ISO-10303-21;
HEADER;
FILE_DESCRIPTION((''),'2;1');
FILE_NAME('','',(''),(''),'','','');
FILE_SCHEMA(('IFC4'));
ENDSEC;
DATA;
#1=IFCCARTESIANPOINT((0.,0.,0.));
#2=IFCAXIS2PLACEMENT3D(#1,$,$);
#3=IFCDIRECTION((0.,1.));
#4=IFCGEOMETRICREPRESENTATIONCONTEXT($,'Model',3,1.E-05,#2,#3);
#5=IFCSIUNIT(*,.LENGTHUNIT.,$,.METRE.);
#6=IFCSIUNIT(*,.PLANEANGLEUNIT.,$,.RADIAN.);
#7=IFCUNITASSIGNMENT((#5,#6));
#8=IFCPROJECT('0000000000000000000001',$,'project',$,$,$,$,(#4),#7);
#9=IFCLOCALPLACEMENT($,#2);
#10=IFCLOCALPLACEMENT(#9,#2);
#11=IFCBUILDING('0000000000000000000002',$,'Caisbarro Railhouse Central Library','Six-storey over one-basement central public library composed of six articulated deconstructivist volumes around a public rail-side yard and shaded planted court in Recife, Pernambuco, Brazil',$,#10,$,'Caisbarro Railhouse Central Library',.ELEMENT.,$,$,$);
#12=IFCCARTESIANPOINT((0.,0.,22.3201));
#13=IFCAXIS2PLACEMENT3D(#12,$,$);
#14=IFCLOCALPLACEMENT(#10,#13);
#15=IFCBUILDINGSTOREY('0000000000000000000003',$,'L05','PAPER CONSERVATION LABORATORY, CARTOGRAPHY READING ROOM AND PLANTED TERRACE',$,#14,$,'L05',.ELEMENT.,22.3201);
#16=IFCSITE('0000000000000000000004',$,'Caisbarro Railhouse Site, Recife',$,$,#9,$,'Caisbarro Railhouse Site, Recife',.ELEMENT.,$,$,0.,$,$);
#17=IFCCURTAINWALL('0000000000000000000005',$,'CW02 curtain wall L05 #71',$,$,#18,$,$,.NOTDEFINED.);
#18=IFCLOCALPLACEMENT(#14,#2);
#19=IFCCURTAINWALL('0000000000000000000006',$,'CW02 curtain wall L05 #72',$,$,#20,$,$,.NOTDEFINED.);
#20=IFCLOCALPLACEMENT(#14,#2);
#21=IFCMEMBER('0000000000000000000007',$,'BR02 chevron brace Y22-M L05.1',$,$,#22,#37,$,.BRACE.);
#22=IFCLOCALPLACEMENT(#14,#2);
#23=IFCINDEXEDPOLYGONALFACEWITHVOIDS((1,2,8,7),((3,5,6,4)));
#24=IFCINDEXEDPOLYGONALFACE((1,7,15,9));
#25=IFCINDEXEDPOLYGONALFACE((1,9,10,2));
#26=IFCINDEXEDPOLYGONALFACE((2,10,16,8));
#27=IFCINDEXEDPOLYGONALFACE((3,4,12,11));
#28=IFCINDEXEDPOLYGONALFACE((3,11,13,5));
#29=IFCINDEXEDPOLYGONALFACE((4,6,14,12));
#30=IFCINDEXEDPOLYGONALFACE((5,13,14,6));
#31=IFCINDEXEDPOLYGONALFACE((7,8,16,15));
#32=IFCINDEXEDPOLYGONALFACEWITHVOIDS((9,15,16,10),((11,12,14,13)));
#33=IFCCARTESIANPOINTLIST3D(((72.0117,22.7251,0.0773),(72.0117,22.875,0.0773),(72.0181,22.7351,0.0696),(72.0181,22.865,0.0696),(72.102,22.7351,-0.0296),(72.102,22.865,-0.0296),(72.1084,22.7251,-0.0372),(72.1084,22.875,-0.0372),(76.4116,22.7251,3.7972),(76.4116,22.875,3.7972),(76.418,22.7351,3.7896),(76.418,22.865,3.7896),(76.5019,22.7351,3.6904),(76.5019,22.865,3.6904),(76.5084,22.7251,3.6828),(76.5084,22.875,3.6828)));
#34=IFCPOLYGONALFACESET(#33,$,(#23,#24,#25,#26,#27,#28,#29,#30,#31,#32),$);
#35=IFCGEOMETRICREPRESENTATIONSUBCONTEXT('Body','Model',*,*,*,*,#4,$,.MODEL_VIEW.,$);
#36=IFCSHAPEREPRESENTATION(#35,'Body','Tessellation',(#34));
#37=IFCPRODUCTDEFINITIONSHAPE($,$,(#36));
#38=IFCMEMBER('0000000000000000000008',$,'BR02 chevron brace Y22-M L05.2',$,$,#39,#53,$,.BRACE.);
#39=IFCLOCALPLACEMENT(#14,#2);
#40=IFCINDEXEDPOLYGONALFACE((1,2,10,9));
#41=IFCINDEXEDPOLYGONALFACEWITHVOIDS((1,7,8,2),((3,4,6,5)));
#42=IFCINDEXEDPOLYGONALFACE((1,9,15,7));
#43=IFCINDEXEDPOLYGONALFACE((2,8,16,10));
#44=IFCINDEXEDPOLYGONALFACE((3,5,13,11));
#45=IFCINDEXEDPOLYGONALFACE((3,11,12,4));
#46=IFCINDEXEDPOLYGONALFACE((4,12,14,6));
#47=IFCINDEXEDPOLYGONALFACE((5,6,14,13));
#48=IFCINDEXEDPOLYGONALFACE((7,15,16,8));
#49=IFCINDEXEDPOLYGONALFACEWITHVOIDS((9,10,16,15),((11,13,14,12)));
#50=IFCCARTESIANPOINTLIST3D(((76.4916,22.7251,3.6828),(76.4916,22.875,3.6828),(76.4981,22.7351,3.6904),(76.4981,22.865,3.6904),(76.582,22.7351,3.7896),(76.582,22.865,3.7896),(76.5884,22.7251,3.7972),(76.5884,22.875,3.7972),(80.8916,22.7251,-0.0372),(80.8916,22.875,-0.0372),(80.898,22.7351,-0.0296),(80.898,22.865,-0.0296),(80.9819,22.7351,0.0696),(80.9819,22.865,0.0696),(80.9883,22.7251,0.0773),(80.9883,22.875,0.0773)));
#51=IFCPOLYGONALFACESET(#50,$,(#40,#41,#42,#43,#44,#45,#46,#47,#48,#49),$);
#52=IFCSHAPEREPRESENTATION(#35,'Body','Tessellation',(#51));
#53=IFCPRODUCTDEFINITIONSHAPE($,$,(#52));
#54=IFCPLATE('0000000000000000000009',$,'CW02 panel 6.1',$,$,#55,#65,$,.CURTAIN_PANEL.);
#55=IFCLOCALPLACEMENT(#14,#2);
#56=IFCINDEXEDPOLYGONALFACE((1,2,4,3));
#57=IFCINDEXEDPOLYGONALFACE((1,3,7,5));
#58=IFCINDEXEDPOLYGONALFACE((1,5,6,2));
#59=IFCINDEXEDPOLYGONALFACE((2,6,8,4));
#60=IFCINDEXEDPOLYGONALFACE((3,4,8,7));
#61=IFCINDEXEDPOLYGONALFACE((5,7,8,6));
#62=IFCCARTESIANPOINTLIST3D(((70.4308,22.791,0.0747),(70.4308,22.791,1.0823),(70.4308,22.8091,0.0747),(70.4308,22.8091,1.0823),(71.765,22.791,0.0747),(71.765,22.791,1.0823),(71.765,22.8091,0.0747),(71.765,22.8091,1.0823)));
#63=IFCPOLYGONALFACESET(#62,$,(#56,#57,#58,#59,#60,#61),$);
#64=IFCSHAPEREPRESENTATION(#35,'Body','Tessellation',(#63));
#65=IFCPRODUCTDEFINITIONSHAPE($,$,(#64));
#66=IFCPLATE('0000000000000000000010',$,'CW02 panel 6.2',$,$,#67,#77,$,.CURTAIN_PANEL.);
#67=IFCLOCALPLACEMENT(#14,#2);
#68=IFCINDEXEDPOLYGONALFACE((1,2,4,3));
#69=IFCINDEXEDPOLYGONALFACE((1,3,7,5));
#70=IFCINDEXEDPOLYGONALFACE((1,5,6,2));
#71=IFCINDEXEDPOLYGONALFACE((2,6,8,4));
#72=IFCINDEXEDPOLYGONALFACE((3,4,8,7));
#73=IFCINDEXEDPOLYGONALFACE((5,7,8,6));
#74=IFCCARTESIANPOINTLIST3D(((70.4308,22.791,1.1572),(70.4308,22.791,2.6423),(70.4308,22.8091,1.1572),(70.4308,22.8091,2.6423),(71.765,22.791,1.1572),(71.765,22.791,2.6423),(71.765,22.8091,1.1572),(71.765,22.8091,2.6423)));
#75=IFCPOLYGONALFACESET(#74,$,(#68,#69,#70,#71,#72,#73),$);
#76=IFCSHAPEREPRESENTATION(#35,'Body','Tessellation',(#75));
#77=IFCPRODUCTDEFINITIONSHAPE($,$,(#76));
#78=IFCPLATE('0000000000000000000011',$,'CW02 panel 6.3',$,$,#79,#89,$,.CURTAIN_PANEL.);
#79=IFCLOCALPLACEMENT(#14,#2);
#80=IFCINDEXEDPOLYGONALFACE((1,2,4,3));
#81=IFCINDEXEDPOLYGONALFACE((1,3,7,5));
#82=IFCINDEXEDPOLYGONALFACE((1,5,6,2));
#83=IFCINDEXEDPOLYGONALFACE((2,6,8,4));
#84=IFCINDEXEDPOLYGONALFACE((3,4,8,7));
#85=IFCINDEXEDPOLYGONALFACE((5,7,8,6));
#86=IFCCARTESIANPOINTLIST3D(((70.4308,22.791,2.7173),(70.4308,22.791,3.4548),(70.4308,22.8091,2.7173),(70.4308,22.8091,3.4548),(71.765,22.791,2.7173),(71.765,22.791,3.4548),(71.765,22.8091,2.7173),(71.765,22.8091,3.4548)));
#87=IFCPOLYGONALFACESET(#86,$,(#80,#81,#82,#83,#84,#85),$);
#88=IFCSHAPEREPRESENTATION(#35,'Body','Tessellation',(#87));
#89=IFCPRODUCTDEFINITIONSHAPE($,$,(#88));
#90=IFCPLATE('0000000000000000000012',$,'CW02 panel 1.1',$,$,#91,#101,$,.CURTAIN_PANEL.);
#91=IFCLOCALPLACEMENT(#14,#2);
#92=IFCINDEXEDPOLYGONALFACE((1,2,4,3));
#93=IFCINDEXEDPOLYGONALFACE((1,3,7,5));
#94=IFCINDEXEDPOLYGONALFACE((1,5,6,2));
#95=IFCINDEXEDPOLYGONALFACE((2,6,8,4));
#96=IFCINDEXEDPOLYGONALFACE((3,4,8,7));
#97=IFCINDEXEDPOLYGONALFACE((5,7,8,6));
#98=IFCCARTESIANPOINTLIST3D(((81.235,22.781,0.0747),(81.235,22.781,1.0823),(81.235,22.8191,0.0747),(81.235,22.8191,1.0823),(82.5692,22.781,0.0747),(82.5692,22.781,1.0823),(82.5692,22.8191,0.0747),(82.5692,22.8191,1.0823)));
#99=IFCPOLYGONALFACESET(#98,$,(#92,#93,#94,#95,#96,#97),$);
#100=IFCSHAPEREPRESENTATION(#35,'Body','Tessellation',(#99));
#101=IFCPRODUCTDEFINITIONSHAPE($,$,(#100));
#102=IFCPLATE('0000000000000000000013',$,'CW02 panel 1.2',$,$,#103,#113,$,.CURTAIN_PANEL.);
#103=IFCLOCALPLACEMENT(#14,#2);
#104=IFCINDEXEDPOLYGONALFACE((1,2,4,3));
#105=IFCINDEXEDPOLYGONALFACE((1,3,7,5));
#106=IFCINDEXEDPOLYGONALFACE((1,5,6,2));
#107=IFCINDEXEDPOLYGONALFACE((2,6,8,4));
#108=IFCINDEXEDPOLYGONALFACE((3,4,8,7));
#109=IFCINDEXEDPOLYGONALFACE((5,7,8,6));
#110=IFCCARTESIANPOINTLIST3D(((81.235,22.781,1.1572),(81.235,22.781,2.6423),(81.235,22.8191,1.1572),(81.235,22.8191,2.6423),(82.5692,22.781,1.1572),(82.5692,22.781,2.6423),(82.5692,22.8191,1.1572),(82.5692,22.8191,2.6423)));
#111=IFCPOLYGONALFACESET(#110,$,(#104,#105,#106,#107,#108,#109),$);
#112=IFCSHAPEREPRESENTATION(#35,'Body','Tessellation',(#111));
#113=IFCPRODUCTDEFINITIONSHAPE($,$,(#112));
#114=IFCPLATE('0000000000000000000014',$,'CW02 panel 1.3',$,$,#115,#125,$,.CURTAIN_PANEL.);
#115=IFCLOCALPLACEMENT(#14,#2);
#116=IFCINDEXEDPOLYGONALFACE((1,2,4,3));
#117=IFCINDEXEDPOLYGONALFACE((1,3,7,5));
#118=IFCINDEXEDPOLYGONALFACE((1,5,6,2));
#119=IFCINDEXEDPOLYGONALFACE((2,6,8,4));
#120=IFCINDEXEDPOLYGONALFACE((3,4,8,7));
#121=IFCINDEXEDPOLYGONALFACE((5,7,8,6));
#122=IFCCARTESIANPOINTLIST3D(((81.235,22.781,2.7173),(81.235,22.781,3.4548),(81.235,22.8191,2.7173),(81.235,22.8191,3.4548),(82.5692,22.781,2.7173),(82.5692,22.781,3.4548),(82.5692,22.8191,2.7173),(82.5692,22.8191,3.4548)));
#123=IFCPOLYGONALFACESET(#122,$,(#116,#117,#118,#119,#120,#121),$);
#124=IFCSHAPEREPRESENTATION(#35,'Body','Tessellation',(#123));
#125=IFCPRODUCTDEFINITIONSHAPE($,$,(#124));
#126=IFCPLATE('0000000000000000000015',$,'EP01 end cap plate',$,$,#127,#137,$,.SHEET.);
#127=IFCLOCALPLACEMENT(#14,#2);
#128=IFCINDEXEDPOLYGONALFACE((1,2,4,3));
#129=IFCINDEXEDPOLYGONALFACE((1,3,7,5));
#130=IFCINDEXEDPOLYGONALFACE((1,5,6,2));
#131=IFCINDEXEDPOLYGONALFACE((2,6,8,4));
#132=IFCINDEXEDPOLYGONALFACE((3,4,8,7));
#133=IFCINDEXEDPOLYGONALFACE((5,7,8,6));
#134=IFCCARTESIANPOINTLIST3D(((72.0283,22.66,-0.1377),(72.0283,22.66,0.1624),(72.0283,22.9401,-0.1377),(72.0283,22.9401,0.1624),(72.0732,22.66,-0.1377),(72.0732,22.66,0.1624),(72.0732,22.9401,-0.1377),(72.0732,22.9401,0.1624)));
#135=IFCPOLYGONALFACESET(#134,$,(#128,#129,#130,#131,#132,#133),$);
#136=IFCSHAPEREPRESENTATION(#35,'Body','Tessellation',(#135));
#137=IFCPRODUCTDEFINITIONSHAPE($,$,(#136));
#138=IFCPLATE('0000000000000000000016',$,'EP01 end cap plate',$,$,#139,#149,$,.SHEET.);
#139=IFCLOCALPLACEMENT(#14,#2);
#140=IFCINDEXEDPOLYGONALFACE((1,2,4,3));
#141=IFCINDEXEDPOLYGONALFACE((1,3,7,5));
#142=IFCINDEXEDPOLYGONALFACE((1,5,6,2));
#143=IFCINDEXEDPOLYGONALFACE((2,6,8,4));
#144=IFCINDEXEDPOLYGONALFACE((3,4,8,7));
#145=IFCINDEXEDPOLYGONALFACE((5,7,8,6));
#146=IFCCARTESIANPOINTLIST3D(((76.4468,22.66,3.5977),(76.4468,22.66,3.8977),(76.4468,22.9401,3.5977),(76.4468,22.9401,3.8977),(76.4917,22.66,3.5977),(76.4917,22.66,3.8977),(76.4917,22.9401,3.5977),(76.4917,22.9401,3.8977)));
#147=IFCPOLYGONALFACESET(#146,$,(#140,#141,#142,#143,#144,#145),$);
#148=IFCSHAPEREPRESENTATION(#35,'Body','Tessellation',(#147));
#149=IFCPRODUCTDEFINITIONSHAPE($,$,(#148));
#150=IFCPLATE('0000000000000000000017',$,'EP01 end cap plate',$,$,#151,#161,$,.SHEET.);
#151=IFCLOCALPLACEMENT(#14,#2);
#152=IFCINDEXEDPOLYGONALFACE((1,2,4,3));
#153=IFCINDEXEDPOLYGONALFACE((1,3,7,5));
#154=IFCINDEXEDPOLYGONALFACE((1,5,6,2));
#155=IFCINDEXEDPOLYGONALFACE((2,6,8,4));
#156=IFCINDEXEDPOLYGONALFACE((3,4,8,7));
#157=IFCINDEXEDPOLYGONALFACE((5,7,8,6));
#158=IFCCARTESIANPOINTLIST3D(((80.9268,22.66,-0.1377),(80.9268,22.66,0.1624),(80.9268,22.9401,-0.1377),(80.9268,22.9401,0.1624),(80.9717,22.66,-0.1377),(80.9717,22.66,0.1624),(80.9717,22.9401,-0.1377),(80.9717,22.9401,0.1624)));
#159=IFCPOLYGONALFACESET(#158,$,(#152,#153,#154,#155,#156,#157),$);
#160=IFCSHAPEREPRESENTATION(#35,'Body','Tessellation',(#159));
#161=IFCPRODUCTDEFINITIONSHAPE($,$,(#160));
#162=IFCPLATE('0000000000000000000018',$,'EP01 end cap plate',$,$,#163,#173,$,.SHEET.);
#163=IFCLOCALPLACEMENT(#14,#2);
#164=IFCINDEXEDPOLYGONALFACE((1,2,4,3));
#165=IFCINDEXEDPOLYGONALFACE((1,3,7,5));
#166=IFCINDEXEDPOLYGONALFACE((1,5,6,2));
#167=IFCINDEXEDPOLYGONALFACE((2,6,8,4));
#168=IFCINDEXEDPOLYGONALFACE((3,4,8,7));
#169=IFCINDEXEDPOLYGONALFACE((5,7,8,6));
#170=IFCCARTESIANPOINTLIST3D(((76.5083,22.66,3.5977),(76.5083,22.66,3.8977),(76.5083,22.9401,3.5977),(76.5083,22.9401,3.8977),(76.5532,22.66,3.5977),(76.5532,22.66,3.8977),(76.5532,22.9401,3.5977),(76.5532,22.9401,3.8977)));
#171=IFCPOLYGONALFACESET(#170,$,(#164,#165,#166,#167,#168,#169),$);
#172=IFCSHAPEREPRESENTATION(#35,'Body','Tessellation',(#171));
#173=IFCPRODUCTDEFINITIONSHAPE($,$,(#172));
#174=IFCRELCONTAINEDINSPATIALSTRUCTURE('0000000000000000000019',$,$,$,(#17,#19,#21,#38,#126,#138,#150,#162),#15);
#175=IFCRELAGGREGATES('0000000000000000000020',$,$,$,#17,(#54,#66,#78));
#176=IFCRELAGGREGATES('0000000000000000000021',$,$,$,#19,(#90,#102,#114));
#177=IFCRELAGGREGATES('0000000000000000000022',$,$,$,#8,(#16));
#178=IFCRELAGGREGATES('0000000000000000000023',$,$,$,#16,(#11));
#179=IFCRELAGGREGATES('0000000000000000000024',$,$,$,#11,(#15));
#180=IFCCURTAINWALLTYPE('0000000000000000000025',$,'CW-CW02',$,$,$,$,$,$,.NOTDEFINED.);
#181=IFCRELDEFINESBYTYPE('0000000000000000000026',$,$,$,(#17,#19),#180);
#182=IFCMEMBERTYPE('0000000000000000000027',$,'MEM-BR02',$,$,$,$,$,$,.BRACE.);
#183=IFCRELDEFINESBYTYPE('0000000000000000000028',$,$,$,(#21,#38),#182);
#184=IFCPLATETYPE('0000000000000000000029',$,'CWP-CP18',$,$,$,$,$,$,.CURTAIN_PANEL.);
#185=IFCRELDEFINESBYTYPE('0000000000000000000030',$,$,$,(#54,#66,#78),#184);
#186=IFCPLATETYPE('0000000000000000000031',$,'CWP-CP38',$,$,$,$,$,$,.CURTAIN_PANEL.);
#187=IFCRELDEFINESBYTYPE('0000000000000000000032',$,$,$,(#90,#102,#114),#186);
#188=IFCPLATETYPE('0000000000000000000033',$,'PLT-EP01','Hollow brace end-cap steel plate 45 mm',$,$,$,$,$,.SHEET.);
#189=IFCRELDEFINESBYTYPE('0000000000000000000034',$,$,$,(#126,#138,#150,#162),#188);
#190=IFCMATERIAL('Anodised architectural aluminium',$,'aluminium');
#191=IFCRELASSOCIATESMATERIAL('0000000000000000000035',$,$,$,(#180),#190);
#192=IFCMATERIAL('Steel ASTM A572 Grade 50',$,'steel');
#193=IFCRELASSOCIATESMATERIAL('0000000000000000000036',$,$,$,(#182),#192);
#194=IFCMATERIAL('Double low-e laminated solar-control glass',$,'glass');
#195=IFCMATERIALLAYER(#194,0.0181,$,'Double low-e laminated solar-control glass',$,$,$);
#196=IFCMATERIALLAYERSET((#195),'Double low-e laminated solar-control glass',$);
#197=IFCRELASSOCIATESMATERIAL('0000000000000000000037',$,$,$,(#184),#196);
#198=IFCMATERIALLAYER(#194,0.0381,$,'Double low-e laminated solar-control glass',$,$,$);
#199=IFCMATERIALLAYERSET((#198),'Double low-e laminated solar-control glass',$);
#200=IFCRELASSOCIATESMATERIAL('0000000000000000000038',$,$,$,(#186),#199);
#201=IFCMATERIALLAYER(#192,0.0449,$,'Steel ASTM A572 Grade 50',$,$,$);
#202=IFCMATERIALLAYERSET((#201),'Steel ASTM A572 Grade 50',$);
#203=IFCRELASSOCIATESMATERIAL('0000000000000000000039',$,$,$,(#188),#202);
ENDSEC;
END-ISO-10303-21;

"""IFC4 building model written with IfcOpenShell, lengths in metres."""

from ifc_helpers import new_model, si_unit, direction, frame, origin, origin_2d, place, context, subcontext, project, spatial, rectangle, hollow_rectangle, extrude, material, layer, layer_set, material_profile, profile_set, type_object, element, aggregate, save


model = new_model("IFC4")

# Units and contexts
model_context = context("Model", 3, precision=1e-05, world=origin(), true_north=direction((0.0, 1.0)))
body_context = subcontext(model_context, "Body", "Model", "MODEL_VIEW")
ifc_project = project(units=[si_unit("LENGTHUNIT", "METRE"), si_unit("PLANEANGLEUNIT", "RADIAN")], contexts=[model_context])

# Site, building, storey
site_placement = place(None, origin())
site = spatial("IfcSite", under=ifc_project, at=site_placement, Name="Caisbarro Railhouse Site, Recife", LongName="Caisbarro Railhouse Site, Recife", CompositionType="ELEMENT", RefElevation=0.0)
building_placement = place(site_placement, origin())
building = spatial("IfcBuilding", under=site, at=building_placement, Name="Caisbarro Railhouse Central Library", Description="Six-storey over one-basement central public library composed of six articulated deconstructivist volumes around a public rail-side yard and shaded planted court in Recife, Pernambuco, Brazil", LongName="Caisbarro Railhouse Central Library", CompositionType="ELEMENT")
storey_placement = place(building_placement, frame((0.0, 0.0, 22.3201)))
storey = spatial("IfcBuildingStorey", under=building, at=storey_placement, Name="L05", Description="PAPER CONSERVATION LABORATORY, CARTOGRAPHY READING ROOM AND PLANTED TERRACE", LongName="L05", CompositionType="ELEMENT", Elevation=22.3201)

# Shared definitions
ifc_material_1 = material(Name="Steel ASTM A572 Grade 50", Category="steel")

# Curtain wall
ifc_material_2 = material(Name="Anodised architectural aluminium", Category="aluminium")
curtain_wall_type = type_object("IfcCurtainWallType", Name="CW-CW02", PredefinedType="NOTDEFINED", material=ifc_material_2)
curtain_wall_1_placement = place(storey_placement, origin())
curtain_wall_1 = element("IfcCurtainWall", 1, at=curtain_wall_1_placement, inside=storey, type_object=curtain_wall_type, Name="CW02 curtain wall L05 #71", PredefinedType="NOTDEFINED")

# Curtain wall
curtain_wall_2_placement = place(storey_placement, origin())
curtain_wall_2 = element("IfcCurtainWall", 2, at=curtain_wall_2_placement, inside=storey, type_object=curtain_wall_type, Name="CW02 curtain wall L05 #72", PredefinedType="NOTDEFINED")

# Members
ifc_material_profile_1 = material_profile(ifc_material_1, hollow_rectangle(XDim=0.1499, YDim=0.1499, WallThickness=0.01, at=origin_2d()), Name="HSS150X150X10")
ifc_profile_set_1 = profile_set([ifc_material_profile_1], Name="Steel ASTM A572 Grade 50")
member_type_1 = type_object("IfcMemberType", Name="MEM-BR02", PredefinedType="BRACE", material=ifc_profile_set_1)
for number, where, z_axis, x_axis, name in (
    (3, (72.0601, 22.8, 0.02), (0.763645, 0.0, 0.645636), (0.0, 1.0, 0.0), "BR02 chevron brace Y22-M L05.1"),
    (4, (80.9399, 22.8, 0.02), (-0.763645, 0.0, 0.645636), (0.0, -1.0, 0.0), "BR02 chevron brace Y22-M L05.2"),
):
    element("IfcMember", number, at=place(storey_placement, frame(where, z_axis=z_axis, x_axis=x_axis)), inside=storey, type_object=member_type_1, Name=name, PredefinedType="BRACE", context=body_context, shape_type="SweptSolid", body=[
        extrude(hollow_rectangle(XDim=0.1499, YDim=0.1499, WallThickness=0.01, at=origin_2d()), origin(), (0.0, 0.0, 1.0), 5.7617),
    ])

# Plates
ifc_material_3 = material(Name="Double low-e laminated solar-control glass", Category="glass")
ifc_layer_1 = layer(ifc_material_3, 0.0181, Name="Double low-e laminated solar-control glass")
ifc_layer_set_1 = layer_set([ifc_layer_1], Name="Double low-e laminated solar-control glass")
plate_type_1 = type_object("IfcPlateType", Name="CWP-CP18", PredefinedType="CURTAIN_PANEL", material=ifc_layer_set_1)
plate_1_placement = place(storey_placement, frame((71.0979, 22.8, 0.0747), z_axis=(0.0, 0.0, 1.0), x_axis=(1.0, 0.0, 0.0)))
plate_1 = element("IfcPlate", 5, at=plate_1_placement, type_object=plate_type_1, Name="CW02 panel 6.1", PredefinedType="CURTAIN_PANEL", context=body_context, shape_type="SweptSolid", body=[
    extrude(rectangle(XDim=1.3342, YDim=0.0181, at=origin_2d()), origin(), (0.0, 0.0, 1.0), 1.0076),
])
plate_2_placement = place(storey_placement, frame((71.0979, 22.8, 1.1572), z_axis=(0.0, 0.0, 1.0), x_axis=(1.0, 0.0, 0.0)))
plate_2 = element("IfcPlate", 6, at=plate_2_placement, type_object=plate_type_1, Name="CW02 panel 6.2", PredefinedType="CURTAIN_PANEL", context=body_context, shape_type="SweptSolid", body=[
    extrude(rectangle(XDim=1.3342, YDim=0.0181, at=origin_2d()), origin(), (0.0, 0.0, 1.0), 1.4851),
])
plate_3_placement = place(storey_placement, frame((71.0979, 22.8, 2.7173), z_axis=(0.0, 0.0, 1.0), x_axis=(1.0, 0.0, 0.0)))
plate_3 = element("IfcPlate", 7, at=plate_3_placement, type_object=plate_type_1, Name="CW02 panel 6.3", PredefinedType="CURTAIN_PANEL", context=body_context, shape_type="SweptSolid", body=[
    extrude(rectangle(XDim=1.3342, YDim=0.0181, at=origin_2d()), origin(), (0.0, 0.0, 1.0), 0.7375),
])
aggregate(curtain_wall_1, [plate_1, plate_2, plate_3])
ifc_layer_2 = layer(ifc_material_3, 0.0381, Name="Double low-e laminated solar-control glass")
ifc_layer_set_2 = layer_set([ifc_layer_2], Name="Double low-e laminated solar-control glass")
plate_type_2 = type_object("IfcPlateType", Name="CWP-CP38", PredefinedType="CURTAIN_PANEL", material=ifc_layer_set_2)
plate_4_placement = place(storey_placement, frame((81.9021, 22.8, 0.0747), z_axis=(0.0, 0.0, 1.0), x_axis=(1.0, 0.0, 0.0)))
plate_4 = element("IfcPlate", 8, at=plate_4_placement, type_object=plate_type_2, Name="CW02 panel 1.1", PredefinedType="CURTAIN_PANEL", context=body_context, shape_type="SweptSolid", body=[
    extrude(rectangle(XDim=1.3342, YDim=0.0381, at=origin_2d()), origin(), (0.0, 0.0, 1.0), 1.0076),
])
plate_5_placement = place(storey_placement, frame((81.9021, 22.8, 1.1572), z_axis=(0.0, 0.0, 1.0), x_axis=(1.0, 0.0, 0.0)))
plate_5 = element("IfcPlate", 9, at=plate_5_placement, type_object=plate_type_2, Name="CW02 panel 1.2", PredefinedType="CURTAIN_PANEL", context=body_context, shape_type="SweptSolid", body=[
    extrude(rectangle(XDim=1.3342, YDim=0.0381, at=origin_2d()), origin(), (0.0, 0.0, 1.0), 1.4851),
])
plate_6_placement = place(storey_placement, frame((81.9021, 22.8, 2.7173), z_axis=(0.0, 0.0, 1.0), x_axis=(1.0, 0.0, 0.0)))
plate_6 = element("IfcPlate", 10, at=plate_6_placement, type_object=plate_type_2, Name="CW02 panel 1.3", PredefinedType="CURTAIN_PANEL", context=body_context, shape_type="SweptSolid", body=[
    extrude(rectangle(XDim=1.3342, YDim=0.0381, at=origin_2d()), origin(), (0.0, 0.0, 1.0), 0.7375),
])
aggregate(curtain_wall_2, [plate_4, plate_5, plate_6])

# Plates
ifc_layer_3 = layer(ifc_material_1, 0.0449, Name="Steel ASTM A572 Grade 50")
ifc_layer_set_3 = layer_set([ifc_layer_3], Name="Steel ASTM A572 Grade 50")
plate_type_3 = type_object("IfcPlateType", Name="PLT-EP01", Description="Hollow brace end-cap steel plate 45 mm", PredefinedType="SHEET", material=ifc_layer_set_3)
for number, where, z_axis, x_axis, name in (
    (11, (72.0508, 22.8, -0.1377), (0.0, 0.0, 1.0), (1.0, 0.0, 0.0), "EP01 end cap plate"),
    (12, (76.4692, 22.8, 3.5977), (0.0, 0.0, 1.0), (1.0, 0.0, 0.0), "EP01 end cap plate"),
    (13, (80.9492, 22.8, -0.1377), (0.0, 0.0, 1.0), (-1.0, 0.0, 0.0), "EP01 end cap plate"),
    (14, (76.5308, 22.8, 3.5977), (0.0, 0.0, 1.0), (-1.0, 0.0, 0.0), "EP01 end cap plate"),
):
    element("IfcPlate", number, at=place(storey_placement, frame(where, z_axis=z_axis, x_axis=x_axis)), inside=storey, type_object=plate_type_3, Name=name, PredefinedType="SHEET", context=body_context, shape_type="SweptSolid", body=[
        extrude(rectangle(XDim=0.0449, YDim=0.28, at=origin_2d()), origin(), (0.0, 0.0, 1.0), 0.3),
    ])

save(model, "model.ifc")
